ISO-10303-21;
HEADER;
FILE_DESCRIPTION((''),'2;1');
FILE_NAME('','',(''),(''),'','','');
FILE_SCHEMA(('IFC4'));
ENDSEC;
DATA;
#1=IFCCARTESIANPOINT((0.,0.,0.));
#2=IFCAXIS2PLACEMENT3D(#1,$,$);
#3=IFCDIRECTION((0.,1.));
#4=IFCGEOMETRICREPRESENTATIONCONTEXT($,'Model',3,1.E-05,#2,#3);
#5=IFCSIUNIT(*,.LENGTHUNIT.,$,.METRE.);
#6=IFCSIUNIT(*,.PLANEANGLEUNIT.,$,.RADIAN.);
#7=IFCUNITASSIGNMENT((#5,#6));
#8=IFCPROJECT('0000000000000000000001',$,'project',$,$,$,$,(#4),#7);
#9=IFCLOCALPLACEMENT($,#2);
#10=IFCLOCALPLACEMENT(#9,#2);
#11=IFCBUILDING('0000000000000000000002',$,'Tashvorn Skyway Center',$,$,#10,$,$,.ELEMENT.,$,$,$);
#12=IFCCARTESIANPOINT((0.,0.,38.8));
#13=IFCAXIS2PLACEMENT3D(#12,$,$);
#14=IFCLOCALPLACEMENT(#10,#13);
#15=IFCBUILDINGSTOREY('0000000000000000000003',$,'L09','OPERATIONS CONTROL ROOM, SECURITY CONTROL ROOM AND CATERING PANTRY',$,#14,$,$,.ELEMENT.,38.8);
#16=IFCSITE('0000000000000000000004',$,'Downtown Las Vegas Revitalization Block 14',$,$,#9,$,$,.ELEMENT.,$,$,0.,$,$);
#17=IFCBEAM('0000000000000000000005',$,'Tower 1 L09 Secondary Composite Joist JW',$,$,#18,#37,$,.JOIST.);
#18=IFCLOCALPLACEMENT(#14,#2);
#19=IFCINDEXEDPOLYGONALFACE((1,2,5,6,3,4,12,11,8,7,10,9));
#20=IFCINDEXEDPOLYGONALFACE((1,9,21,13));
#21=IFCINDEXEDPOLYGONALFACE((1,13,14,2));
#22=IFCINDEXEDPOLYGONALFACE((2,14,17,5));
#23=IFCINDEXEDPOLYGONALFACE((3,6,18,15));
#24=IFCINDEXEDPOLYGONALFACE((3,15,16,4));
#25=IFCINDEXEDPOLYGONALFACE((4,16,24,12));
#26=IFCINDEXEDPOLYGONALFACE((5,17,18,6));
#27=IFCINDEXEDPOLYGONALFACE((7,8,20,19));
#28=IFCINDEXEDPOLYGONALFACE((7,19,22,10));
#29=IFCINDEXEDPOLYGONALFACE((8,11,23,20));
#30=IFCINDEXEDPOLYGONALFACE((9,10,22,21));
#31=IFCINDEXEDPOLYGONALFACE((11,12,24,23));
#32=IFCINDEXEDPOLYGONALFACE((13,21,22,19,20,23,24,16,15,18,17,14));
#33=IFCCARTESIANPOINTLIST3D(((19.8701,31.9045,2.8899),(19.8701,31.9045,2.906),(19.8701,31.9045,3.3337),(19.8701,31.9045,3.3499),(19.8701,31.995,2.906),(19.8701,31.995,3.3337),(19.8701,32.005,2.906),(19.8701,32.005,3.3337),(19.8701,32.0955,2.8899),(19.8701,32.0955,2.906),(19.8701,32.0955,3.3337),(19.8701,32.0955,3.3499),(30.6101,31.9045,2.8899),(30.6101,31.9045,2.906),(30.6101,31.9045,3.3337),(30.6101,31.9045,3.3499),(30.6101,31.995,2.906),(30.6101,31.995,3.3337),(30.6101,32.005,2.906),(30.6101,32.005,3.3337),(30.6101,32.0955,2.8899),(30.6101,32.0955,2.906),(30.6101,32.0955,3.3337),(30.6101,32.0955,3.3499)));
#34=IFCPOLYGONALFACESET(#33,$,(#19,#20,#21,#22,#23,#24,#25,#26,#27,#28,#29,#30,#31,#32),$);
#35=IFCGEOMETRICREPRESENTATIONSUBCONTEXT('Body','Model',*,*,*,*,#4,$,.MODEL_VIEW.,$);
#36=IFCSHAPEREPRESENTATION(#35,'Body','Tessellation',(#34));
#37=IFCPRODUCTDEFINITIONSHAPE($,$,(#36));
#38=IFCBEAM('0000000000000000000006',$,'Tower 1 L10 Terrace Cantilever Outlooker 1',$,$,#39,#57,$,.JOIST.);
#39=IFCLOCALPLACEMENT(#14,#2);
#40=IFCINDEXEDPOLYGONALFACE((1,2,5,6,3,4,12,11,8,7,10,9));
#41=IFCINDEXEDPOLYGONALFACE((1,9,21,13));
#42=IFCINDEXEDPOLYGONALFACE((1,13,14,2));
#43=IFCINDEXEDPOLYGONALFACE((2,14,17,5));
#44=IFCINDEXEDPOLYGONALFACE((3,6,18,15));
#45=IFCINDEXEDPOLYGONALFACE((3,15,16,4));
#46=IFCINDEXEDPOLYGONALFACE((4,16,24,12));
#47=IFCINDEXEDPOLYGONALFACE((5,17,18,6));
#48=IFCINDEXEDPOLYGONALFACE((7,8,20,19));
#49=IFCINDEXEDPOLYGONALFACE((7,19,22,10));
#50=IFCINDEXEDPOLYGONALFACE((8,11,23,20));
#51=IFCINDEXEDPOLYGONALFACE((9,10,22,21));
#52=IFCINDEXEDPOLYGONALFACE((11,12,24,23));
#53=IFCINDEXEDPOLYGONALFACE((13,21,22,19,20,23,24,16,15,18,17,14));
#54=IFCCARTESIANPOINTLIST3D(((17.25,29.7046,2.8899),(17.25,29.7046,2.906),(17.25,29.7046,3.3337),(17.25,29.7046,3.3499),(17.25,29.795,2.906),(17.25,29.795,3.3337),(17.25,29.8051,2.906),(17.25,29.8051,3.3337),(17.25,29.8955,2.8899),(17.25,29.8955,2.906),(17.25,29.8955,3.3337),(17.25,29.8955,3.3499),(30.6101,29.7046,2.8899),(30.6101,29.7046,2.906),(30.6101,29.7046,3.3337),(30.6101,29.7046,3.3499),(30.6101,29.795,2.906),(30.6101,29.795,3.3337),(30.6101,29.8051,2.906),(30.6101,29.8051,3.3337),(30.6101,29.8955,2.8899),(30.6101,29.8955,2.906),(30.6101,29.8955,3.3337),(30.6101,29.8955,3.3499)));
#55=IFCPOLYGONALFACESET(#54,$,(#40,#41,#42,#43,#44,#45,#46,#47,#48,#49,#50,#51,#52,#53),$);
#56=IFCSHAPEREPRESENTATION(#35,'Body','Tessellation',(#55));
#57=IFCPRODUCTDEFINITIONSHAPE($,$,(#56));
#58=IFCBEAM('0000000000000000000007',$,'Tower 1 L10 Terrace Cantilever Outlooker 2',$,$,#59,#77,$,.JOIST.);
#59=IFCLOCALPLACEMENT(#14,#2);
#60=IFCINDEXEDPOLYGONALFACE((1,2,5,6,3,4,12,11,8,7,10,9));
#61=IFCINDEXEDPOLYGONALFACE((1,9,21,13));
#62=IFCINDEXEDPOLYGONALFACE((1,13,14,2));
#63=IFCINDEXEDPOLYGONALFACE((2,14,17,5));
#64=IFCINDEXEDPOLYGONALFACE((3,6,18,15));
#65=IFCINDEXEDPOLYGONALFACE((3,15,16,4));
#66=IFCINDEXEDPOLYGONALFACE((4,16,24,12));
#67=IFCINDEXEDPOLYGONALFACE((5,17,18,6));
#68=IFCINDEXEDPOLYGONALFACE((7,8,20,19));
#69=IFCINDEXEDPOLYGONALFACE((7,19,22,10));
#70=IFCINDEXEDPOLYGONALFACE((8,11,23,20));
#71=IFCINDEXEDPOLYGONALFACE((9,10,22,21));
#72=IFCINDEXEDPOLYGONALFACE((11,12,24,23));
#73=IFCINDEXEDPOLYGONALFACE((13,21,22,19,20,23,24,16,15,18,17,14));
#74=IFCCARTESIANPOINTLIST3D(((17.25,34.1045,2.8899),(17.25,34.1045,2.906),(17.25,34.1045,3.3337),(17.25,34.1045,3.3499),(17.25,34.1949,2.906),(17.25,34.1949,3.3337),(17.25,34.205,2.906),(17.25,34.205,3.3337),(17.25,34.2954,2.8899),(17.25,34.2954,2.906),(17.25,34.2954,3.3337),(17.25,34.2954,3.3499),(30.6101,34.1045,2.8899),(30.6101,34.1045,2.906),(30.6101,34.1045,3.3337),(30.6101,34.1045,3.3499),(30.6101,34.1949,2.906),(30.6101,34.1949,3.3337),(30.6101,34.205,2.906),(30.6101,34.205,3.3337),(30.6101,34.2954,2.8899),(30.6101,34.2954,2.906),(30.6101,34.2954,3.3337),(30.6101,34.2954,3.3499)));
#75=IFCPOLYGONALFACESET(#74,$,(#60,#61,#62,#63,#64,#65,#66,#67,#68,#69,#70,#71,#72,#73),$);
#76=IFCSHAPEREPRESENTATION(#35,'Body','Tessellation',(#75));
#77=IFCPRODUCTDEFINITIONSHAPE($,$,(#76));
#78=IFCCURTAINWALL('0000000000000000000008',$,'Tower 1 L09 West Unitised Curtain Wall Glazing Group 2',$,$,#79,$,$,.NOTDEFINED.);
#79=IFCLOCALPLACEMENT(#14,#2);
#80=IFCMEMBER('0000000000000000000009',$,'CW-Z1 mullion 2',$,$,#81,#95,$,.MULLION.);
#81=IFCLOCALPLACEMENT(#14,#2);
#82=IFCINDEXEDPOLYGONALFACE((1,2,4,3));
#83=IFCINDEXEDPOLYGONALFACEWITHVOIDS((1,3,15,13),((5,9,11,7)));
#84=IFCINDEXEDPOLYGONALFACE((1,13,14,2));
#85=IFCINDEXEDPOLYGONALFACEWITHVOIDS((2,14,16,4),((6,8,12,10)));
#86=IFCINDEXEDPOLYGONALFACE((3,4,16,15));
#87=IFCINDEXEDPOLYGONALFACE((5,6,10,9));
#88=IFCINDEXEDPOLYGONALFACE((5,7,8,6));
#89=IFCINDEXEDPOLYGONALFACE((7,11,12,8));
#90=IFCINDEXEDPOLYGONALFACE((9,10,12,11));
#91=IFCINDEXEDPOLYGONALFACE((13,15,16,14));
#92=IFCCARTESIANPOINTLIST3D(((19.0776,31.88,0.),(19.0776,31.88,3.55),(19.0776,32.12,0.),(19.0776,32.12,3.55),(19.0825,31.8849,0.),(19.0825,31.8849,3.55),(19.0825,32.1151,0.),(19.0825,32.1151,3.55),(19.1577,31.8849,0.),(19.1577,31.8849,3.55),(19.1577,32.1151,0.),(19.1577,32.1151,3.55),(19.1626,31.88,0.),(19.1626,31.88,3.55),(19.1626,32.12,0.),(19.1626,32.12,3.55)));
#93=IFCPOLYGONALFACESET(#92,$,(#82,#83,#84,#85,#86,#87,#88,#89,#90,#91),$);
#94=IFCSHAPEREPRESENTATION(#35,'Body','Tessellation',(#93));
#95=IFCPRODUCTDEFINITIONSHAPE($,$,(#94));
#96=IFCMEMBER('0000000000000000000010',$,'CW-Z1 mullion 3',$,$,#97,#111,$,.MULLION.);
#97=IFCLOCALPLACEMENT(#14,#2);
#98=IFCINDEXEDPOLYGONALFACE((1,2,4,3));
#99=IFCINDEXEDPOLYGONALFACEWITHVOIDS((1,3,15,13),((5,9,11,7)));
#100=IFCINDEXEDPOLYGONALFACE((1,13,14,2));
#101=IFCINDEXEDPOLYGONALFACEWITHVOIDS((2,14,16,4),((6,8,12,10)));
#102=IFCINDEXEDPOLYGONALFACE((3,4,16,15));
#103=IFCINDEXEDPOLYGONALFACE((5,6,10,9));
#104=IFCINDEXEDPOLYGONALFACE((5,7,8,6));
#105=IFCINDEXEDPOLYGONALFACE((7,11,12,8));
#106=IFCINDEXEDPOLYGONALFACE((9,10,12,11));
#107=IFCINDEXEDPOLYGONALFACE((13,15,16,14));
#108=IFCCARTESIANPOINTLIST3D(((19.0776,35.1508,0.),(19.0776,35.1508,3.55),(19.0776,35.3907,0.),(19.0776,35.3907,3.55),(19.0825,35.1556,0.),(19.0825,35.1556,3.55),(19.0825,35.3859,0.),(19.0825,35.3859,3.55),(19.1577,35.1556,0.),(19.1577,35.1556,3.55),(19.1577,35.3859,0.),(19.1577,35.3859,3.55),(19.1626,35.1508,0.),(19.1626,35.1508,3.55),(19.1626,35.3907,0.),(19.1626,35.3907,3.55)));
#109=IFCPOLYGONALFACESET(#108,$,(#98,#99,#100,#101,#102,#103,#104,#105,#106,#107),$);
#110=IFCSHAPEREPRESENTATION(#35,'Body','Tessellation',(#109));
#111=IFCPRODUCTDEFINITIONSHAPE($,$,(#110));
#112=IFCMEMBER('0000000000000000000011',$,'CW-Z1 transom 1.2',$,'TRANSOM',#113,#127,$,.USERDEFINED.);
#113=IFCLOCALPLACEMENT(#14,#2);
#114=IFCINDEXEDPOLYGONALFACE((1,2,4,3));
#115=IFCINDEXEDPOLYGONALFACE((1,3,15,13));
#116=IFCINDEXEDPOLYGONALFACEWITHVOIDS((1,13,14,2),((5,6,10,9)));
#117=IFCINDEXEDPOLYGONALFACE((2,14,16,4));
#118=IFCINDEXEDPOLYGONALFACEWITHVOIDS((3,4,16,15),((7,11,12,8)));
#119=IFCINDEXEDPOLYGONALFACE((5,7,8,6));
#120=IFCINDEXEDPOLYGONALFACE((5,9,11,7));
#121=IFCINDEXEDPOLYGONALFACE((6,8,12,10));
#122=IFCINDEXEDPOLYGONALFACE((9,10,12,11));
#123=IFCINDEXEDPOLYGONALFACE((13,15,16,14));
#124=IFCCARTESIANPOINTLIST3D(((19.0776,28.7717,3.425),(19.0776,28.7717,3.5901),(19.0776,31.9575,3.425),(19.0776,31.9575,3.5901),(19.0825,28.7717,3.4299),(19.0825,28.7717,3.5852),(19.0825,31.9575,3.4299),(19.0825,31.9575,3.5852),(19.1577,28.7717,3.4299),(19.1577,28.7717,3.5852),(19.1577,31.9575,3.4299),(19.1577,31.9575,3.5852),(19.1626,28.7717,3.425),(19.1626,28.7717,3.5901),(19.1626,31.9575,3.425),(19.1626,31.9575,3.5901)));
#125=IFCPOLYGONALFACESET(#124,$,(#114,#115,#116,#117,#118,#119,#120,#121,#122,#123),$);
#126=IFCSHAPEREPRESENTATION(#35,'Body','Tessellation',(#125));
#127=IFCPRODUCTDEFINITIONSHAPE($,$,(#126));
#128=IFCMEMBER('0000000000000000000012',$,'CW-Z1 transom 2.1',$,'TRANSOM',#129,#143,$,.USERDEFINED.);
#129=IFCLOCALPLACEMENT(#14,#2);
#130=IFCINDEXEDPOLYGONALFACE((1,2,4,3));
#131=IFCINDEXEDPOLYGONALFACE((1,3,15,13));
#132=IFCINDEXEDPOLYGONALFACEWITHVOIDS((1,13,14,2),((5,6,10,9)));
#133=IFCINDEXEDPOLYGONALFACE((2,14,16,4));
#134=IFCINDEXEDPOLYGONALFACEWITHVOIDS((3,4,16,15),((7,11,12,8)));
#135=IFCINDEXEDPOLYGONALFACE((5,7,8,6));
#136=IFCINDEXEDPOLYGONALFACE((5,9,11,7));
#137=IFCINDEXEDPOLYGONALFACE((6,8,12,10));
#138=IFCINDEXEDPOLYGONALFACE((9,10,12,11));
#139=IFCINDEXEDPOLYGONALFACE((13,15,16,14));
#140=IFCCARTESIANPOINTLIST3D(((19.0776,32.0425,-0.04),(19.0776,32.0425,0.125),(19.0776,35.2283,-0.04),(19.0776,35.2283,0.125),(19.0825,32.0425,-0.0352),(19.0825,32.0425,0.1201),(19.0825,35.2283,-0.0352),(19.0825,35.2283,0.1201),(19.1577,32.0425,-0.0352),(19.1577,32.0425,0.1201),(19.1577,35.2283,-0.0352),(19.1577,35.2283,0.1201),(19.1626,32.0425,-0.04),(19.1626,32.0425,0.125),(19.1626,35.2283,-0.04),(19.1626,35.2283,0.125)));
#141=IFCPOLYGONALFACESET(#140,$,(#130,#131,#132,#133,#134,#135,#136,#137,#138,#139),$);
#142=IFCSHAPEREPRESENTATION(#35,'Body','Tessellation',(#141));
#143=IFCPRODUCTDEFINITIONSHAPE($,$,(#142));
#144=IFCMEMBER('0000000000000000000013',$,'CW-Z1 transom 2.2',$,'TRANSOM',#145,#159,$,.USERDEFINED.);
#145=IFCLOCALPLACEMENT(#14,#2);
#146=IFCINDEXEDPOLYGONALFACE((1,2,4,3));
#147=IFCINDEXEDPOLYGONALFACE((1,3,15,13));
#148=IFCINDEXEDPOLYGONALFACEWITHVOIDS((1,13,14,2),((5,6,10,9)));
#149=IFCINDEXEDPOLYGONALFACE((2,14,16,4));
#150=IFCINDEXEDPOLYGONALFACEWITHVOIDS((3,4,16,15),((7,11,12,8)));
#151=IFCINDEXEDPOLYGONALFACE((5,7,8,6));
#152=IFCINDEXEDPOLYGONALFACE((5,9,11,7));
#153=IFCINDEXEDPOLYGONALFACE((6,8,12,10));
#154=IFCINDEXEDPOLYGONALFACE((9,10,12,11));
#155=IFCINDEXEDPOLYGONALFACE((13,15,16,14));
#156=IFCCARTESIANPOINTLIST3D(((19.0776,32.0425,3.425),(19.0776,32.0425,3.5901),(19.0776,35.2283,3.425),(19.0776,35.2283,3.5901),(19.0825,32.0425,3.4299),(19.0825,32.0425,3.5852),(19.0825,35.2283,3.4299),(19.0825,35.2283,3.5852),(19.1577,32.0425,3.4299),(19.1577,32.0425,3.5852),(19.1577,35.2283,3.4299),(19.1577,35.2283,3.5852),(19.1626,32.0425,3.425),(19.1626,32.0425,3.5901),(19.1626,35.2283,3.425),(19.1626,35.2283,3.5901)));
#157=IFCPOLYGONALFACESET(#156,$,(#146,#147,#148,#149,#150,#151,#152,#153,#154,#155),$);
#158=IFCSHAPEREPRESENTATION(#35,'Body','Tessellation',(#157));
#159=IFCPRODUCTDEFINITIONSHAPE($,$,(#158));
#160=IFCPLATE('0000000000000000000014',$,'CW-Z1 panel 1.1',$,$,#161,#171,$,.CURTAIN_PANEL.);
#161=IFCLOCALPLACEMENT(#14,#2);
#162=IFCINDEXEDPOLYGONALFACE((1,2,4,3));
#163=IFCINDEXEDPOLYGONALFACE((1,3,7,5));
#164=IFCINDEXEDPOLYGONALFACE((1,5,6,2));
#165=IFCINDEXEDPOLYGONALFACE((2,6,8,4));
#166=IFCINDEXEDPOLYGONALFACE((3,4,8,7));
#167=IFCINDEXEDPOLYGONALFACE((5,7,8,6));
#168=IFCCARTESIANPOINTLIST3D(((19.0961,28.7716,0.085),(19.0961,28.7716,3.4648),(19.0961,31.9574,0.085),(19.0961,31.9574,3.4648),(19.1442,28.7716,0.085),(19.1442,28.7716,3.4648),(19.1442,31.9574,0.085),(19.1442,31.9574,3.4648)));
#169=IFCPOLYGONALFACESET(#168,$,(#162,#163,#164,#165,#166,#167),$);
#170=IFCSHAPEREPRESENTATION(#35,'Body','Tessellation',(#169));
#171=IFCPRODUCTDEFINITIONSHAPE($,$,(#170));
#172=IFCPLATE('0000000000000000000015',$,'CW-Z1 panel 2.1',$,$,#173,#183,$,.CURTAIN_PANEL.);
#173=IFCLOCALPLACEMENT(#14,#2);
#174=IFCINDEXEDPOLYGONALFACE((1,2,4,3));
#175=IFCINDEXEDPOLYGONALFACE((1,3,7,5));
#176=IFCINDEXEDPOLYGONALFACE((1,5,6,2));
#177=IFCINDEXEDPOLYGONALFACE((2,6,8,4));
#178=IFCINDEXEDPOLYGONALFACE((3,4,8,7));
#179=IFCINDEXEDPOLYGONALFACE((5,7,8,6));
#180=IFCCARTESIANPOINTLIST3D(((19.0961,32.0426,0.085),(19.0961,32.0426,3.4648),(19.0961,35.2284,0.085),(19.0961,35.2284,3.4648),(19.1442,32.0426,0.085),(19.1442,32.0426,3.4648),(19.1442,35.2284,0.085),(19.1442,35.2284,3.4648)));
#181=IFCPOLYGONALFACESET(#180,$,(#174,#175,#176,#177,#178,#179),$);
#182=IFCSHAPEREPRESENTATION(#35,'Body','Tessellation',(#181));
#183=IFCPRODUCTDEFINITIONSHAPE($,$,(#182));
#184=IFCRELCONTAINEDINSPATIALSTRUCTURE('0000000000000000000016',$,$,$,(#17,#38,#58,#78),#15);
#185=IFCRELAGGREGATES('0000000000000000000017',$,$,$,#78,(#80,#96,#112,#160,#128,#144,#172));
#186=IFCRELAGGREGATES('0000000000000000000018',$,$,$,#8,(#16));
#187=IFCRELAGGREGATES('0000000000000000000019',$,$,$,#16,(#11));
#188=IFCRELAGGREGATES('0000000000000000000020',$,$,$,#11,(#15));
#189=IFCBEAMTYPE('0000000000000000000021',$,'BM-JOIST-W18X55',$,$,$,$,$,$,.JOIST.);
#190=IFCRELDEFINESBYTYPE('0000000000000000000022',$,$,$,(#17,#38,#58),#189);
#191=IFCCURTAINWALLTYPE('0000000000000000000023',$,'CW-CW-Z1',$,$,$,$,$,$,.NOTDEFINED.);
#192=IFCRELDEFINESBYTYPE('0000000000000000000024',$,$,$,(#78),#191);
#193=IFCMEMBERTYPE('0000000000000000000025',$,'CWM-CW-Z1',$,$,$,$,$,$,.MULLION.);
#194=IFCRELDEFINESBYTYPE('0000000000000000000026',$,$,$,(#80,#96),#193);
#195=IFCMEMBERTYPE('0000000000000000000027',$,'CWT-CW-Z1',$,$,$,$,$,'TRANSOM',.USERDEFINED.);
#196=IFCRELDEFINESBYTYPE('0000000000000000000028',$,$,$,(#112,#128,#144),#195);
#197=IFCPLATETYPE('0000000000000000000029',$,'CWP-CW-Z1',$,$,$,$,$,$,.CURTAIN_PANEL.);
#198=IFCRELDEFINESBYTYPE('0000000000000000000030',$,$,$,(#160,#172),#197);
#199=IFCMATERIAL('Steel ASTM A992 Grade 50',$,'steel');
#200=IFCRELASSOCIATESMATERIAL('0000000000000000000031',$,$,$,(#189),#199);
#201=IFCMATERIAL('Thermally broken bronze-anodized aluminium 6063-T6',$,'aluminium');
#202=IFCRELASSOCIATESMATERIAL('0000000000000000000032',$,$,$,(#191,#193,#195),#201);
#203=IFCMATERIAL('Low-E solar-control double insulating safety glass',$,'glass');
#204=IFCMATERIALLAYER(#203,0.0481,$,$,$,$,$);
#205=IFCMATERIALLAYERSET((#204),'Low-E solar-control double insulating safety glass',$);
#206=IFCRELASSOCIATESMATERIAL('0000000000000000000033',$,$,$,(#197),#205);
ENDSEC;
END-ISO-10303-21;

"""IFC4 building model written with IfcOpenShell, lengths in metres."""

from ifc_helpers import new_model, si_unit, direction, frame, origin, origin_2d, place, context, subcontext, project, spatial, rectangle, hollow_rectangle, i_section, extrude, material, layer, layer_set, material_profile, profile_set, type_object, element, aggregate, save


model = new_model("IFC4")

# Units and contexts
model_context = context("Model", 3, precision=1e-05, world=origin(), true_north=direction((0.0, 1.0)))
body_context = subcontext(model_context, "Body", "Model", "MODEL_VIEW")
ifc_project = project(units=[si_unit("LENGTHUNIT", "METRE"), si_unit("PLANEANGLEUNIT", "RADIAN")], contexts=[model_context])

# Site, building, storey
site_placement = place(None, origin())
site = spatial("IfcSite", under=ifc_project, at=site_placement, Name="Downtown Las Vegas Revitalization Block 14", CompositionType="ELEMENT", RefElevation=0.0)
building_placement = place(site_placement, origin())
building = spatial("IfcBuilding", under=site, at=building_placement, Name="Tashvorn Skyway Center", CompositionType="ELEMENT")
storey_placement = place(building_placement, frame((0.0, 0.0, 38.8)))
storey = spatial("IfcBuildingStorey", under=building, at=storey_placement, Name="L09", Description="OPERATIONS CONTROL ROOM, SECURITY CONTROL ROOM AND CATERING PANTRY", CompositionType="ELEMENT", Elevation=38.8)

# Beams
ifc_material_1 = material(Name="Steel ASTM A992 Grade 50", Category="steel")
ifc_material_profile_1 = material_profile(ifc_material_1, i_section(OverallWidth=0.1909, OverallDepth=0.46, WebThickness=0.01, FlangeThickness=0.0161, at=origin_2d()), Name="W18X55")
ifc_profile_set_1 = profile_set([ifc_material_profile_1], Name="Steel ASTM A992 Grade 50")
beam_type = type_object("IfcBeamType", Name="BM-JOIST-W18X55", PredefinedType="JOIST", material=ifc_profile_set_1)
beam_placement = place(storey_placement, frame((30.6101, 32.0, 3.1199), z_axis=(-1.0, 0.0, 0.0), x_axis=(0.0, -1.0, 0.0)))
element("IfcBeam", 1, at=beam_placement, inside=storey, type_object=beam_type, Name="Tower 1 L09 Secondary Composite Joist JW", PredefinedType="JOIST", context=body_context, shape_type="SweptSolid", body=[
    extrude(i_section(OverallWidth=0.1909, OverallDepth=0.46, WebThickness=0.01, FlangeThickness=0.0161, at=origin_2d()), origin(), (0.0, 0.0, 1.0), 10.74),
])
for number, where, z_axis, x_axis, name in (
    (2, (30.6101, 29.8, 3.1199), (-1.0, 0.0, 0.0), (0.0, -1.0, 0.0), "Tower 1 L10 Terrace Cantilever Outlooker 1"),
    (3, (30.6101, 34.2, 3.1199), (-1.0, 0.0, 0.0), (0.0, -1.0, 0.0), "Tower 1 L10 Terrace Cantilever Outlooker 2"),
):
    element("IfcBeam", number, at=place(storey_placement, frame(where, z_axis=z_axis, x_axis=x_axis)), inside=storey, type_object=beam_type, Name=name, PredefinedType="JOIST", context=body_context, shape_type="SweptSolid", body=[
        extrude(i_section(OverallWidth=0.1909, OverallDepth=0.46, WebThickness=0.01, FlangeThickness=0.0161, at=origin_2d()), origin(), (0.0, 0.0, 1.0), 13.3601),
    ])

# Curtain wall, members, plates
ifc_material_2 = material(Name="Thermally broken bronze-anodized aluminium 6063-T6", Category="aluminium")
curtain_wall_type = type_object("IfcCurtainWallType", Name="CW-CW-Z1", PredefinedType="NOTDEFINED", material=ifc_material_2)
curtain_wall_placement = place(storey_placement, origin())
curtain_wall = element("IfcCurtainWall", 4, at=curtain_wall_placement, inside=storey, type_object=curtain_wall_type, Name="Tower 1 L09 West Unitised Curtain Wall Glazing Group 2", PredefinedType="NOTDEFINED")
ifc_material_profile_2 = material_profile(ifc_material_2, hollow_rectangle(XDim=0.085, YDim=0.24, WallThickness=0.0049, at=origin_2d()), Name="ALU-MULL-85x240")
ifc_profile_set_2 = profile_set([ifc_material_profile_2], Name="Thermally broken bronze-anodized aluminium 6063-T6")
member_type_1 = type_object("IfcMemberType", Name="CWM-CW-Z1", PredefinedType="MULLION", material=ifc_profile_set_2)
member_1_placement = place(storey_placement, frame((19.1201, 32.0, 0.0), z_axis=(0.0, 0.0, 1.0), x_axis=(-1.0, 0.0, 0.0)))
member_1 = element("IfcMember", 5, at=member_1_placement, type_object=member_type_1, Name="CW-Z1 mullion 2", PredefinedType="MULLION", context=body_context, shape_type="SweptSolid", body=[
    extrude(hollow_rectangle(XDim=0.085, YDim=0.24, WallThickness=0.0049, at=origin_2d()), origin(), (0.0, 0.0, 1.0), 3.55),
])
member_2_placement = place(storey_placement, frame((19.1201, 35.2708, 0.0), z_axis=(0.0, 0.0, 1.0), x_axis=(-1.0, 0.0, 0.0)))
member_2 = element("IfcMember", 6, at=member_2_placement, type_object=member_type_1, Name="CW-Z1 mullion 3", PredefinedType="MULLION", context=body_context, shape_type="SweptSolid", body=[
    extrude(hollow_rectangle(XDim=0.085, YDim=0.24, WallThickness=0.0049, at=origin_2d()), origin(), (0.0, 0.0, 1.0), 3.55),
])
ifc_material_profile_3 = material_profile(ifc_material_2, hollow_rectangle(XDim=0.085, YDim=0.165, WallThickness=0.0049, at=origin_2d()), Name="ALU-TRAN-85x165")
ifc_profile_set_3 = profile_set([ifc_material_profile_3], Name="Thermally broken bronze-anodized aluminium 6063-T6")
member_type_2 = type_object("IfcMemberType", Name="CWT-CW-Z1", ElementType="TRANSOM", PredefinedType="USERDEFINED", material=ifc_profile_set_3)
member_3_placement = place(storey_placement, frame((19.1201, 28.7717, 3.5076), z_axis=(0.0, 1.0, 0.0), x_axis=(-1.0, 0.0, 0.0)))
member_3 = element("IfcMember", 7, at=member_3_placement, type_object=member_type_2, Name="CW-Z1 transom 1.2", ObjectType="TRANSOM", PredefinedType="USERDEFINED", context=body_context, shape_type="SweptSolid", body=[
    extrude(hollow_rectangle(XDim=0.085, YDim=0.165, WallThickness=0.0049, at=origin_2d()), origin(), (0.0, 0.0, 1.0), 3.1858),
])
member_4_placement = place(storey_placement, frame((19.1201, 32.0425, 0.0425), z_axis=(0.0, 1.0, 0.0), x_axis=(-1.0, 0.0, 0.0)))
member_4 = element("IfcMember", 8, at=member_4_placement, type_object=member_type_2, Name="CW-Z1 transom 2.1", ObjectType="TRANSOM", PredefinedType="USERDEFINED", context=body_context, shape_type="SweptSolid", body=[
    extrude(hollow_rectangle(XDim=0.085, YDim=0.165, WallThickness=0.0049, at=origin_2d()), origin(), (0.0, 0.0, 1.0), 3.1858),
])
member_5_placement = place(storey_placement, frame((19.1201, 32.0425, 3.5076), z_axis=(0.0, 1.0, 0.0), x_axis=(-1.0, 0.0, 0.0)))
member_5 = element("IfcMember", 9, at=member_5_placement, type_object=member_type_2, Name="CW-Z1 transom 2.2", ObjectType="TRANSOM", PredefinedType="USERDEFINED", context=body_context, shape_type="SweptSolid", body=[
    extrude(hollow_rectangle(XDim=0.085, YDim=0.165, WallThickness=0.0049, at=origin_2d()), origin(), (0.0, 0.0, 1.0), 3.1858),
])
ifc_material_3 = material(Name="Low-E solar-control double insulating safety glass", Category="glass")
ifc_layer_1 = layer(ifc_material_3, 0.0481)
ifc_layer_set_1 = layer_set([ifc_layer_1], Name="Low-E solar-control double insulating safety glass")
plate_type = type_object("IfcPlateType", Name="CWP-CW-Z1", PredefinedType="CURTAIN_PANEL", material=ifc_layer_set_1)
plate_1_placement = place(storey_placement, frame((19.1201, 30.3645, 0.085), z_axis=(0.0, 0.0, 1.0), x_axis=(0.0, 1.0, 0.0)))
plate_1 = element("IfcPlate", 10, at=plate_1_placement, type_object=plate_type, Name="CW-Z1 panel 1.1", PredefinedType="CURTAIN_PANEL", context=body_context, shape_type="SweptSolid", body=[
    extrude(rectangle(XDim=3.1858, YDim=0.0481, at=origin_2d()), origin(), (0.0, 0.0, 1.0), 3.3799),
])
plate_2_placement = place(storey_placement, frame((19.1201, 33.6355, 0.085), z_axis=(0.0, 0.0, 1.0), x_axis=(0.0, 1.0, 0.0)))
plate_2 = element("IfcPlate", 11, at=plate_2_placement, type_object=plate_type, Name="CW-Z1 panel 2.1", PredefinedType="CURTAIN_PANEL", context=body_context, shape_type="SweptSolid", body=[
    extrude(rectangle(XDim=3.1858, YDim=0.0481, at=origin_2d()), origin(), (0.0, 0.0, 1.0), 3.3799),
])
aggregate(curtain_wall, [member_1, member_2, member_3, plate_1, member_4, member_5, plate_2])

save(model, "model.ifc")
